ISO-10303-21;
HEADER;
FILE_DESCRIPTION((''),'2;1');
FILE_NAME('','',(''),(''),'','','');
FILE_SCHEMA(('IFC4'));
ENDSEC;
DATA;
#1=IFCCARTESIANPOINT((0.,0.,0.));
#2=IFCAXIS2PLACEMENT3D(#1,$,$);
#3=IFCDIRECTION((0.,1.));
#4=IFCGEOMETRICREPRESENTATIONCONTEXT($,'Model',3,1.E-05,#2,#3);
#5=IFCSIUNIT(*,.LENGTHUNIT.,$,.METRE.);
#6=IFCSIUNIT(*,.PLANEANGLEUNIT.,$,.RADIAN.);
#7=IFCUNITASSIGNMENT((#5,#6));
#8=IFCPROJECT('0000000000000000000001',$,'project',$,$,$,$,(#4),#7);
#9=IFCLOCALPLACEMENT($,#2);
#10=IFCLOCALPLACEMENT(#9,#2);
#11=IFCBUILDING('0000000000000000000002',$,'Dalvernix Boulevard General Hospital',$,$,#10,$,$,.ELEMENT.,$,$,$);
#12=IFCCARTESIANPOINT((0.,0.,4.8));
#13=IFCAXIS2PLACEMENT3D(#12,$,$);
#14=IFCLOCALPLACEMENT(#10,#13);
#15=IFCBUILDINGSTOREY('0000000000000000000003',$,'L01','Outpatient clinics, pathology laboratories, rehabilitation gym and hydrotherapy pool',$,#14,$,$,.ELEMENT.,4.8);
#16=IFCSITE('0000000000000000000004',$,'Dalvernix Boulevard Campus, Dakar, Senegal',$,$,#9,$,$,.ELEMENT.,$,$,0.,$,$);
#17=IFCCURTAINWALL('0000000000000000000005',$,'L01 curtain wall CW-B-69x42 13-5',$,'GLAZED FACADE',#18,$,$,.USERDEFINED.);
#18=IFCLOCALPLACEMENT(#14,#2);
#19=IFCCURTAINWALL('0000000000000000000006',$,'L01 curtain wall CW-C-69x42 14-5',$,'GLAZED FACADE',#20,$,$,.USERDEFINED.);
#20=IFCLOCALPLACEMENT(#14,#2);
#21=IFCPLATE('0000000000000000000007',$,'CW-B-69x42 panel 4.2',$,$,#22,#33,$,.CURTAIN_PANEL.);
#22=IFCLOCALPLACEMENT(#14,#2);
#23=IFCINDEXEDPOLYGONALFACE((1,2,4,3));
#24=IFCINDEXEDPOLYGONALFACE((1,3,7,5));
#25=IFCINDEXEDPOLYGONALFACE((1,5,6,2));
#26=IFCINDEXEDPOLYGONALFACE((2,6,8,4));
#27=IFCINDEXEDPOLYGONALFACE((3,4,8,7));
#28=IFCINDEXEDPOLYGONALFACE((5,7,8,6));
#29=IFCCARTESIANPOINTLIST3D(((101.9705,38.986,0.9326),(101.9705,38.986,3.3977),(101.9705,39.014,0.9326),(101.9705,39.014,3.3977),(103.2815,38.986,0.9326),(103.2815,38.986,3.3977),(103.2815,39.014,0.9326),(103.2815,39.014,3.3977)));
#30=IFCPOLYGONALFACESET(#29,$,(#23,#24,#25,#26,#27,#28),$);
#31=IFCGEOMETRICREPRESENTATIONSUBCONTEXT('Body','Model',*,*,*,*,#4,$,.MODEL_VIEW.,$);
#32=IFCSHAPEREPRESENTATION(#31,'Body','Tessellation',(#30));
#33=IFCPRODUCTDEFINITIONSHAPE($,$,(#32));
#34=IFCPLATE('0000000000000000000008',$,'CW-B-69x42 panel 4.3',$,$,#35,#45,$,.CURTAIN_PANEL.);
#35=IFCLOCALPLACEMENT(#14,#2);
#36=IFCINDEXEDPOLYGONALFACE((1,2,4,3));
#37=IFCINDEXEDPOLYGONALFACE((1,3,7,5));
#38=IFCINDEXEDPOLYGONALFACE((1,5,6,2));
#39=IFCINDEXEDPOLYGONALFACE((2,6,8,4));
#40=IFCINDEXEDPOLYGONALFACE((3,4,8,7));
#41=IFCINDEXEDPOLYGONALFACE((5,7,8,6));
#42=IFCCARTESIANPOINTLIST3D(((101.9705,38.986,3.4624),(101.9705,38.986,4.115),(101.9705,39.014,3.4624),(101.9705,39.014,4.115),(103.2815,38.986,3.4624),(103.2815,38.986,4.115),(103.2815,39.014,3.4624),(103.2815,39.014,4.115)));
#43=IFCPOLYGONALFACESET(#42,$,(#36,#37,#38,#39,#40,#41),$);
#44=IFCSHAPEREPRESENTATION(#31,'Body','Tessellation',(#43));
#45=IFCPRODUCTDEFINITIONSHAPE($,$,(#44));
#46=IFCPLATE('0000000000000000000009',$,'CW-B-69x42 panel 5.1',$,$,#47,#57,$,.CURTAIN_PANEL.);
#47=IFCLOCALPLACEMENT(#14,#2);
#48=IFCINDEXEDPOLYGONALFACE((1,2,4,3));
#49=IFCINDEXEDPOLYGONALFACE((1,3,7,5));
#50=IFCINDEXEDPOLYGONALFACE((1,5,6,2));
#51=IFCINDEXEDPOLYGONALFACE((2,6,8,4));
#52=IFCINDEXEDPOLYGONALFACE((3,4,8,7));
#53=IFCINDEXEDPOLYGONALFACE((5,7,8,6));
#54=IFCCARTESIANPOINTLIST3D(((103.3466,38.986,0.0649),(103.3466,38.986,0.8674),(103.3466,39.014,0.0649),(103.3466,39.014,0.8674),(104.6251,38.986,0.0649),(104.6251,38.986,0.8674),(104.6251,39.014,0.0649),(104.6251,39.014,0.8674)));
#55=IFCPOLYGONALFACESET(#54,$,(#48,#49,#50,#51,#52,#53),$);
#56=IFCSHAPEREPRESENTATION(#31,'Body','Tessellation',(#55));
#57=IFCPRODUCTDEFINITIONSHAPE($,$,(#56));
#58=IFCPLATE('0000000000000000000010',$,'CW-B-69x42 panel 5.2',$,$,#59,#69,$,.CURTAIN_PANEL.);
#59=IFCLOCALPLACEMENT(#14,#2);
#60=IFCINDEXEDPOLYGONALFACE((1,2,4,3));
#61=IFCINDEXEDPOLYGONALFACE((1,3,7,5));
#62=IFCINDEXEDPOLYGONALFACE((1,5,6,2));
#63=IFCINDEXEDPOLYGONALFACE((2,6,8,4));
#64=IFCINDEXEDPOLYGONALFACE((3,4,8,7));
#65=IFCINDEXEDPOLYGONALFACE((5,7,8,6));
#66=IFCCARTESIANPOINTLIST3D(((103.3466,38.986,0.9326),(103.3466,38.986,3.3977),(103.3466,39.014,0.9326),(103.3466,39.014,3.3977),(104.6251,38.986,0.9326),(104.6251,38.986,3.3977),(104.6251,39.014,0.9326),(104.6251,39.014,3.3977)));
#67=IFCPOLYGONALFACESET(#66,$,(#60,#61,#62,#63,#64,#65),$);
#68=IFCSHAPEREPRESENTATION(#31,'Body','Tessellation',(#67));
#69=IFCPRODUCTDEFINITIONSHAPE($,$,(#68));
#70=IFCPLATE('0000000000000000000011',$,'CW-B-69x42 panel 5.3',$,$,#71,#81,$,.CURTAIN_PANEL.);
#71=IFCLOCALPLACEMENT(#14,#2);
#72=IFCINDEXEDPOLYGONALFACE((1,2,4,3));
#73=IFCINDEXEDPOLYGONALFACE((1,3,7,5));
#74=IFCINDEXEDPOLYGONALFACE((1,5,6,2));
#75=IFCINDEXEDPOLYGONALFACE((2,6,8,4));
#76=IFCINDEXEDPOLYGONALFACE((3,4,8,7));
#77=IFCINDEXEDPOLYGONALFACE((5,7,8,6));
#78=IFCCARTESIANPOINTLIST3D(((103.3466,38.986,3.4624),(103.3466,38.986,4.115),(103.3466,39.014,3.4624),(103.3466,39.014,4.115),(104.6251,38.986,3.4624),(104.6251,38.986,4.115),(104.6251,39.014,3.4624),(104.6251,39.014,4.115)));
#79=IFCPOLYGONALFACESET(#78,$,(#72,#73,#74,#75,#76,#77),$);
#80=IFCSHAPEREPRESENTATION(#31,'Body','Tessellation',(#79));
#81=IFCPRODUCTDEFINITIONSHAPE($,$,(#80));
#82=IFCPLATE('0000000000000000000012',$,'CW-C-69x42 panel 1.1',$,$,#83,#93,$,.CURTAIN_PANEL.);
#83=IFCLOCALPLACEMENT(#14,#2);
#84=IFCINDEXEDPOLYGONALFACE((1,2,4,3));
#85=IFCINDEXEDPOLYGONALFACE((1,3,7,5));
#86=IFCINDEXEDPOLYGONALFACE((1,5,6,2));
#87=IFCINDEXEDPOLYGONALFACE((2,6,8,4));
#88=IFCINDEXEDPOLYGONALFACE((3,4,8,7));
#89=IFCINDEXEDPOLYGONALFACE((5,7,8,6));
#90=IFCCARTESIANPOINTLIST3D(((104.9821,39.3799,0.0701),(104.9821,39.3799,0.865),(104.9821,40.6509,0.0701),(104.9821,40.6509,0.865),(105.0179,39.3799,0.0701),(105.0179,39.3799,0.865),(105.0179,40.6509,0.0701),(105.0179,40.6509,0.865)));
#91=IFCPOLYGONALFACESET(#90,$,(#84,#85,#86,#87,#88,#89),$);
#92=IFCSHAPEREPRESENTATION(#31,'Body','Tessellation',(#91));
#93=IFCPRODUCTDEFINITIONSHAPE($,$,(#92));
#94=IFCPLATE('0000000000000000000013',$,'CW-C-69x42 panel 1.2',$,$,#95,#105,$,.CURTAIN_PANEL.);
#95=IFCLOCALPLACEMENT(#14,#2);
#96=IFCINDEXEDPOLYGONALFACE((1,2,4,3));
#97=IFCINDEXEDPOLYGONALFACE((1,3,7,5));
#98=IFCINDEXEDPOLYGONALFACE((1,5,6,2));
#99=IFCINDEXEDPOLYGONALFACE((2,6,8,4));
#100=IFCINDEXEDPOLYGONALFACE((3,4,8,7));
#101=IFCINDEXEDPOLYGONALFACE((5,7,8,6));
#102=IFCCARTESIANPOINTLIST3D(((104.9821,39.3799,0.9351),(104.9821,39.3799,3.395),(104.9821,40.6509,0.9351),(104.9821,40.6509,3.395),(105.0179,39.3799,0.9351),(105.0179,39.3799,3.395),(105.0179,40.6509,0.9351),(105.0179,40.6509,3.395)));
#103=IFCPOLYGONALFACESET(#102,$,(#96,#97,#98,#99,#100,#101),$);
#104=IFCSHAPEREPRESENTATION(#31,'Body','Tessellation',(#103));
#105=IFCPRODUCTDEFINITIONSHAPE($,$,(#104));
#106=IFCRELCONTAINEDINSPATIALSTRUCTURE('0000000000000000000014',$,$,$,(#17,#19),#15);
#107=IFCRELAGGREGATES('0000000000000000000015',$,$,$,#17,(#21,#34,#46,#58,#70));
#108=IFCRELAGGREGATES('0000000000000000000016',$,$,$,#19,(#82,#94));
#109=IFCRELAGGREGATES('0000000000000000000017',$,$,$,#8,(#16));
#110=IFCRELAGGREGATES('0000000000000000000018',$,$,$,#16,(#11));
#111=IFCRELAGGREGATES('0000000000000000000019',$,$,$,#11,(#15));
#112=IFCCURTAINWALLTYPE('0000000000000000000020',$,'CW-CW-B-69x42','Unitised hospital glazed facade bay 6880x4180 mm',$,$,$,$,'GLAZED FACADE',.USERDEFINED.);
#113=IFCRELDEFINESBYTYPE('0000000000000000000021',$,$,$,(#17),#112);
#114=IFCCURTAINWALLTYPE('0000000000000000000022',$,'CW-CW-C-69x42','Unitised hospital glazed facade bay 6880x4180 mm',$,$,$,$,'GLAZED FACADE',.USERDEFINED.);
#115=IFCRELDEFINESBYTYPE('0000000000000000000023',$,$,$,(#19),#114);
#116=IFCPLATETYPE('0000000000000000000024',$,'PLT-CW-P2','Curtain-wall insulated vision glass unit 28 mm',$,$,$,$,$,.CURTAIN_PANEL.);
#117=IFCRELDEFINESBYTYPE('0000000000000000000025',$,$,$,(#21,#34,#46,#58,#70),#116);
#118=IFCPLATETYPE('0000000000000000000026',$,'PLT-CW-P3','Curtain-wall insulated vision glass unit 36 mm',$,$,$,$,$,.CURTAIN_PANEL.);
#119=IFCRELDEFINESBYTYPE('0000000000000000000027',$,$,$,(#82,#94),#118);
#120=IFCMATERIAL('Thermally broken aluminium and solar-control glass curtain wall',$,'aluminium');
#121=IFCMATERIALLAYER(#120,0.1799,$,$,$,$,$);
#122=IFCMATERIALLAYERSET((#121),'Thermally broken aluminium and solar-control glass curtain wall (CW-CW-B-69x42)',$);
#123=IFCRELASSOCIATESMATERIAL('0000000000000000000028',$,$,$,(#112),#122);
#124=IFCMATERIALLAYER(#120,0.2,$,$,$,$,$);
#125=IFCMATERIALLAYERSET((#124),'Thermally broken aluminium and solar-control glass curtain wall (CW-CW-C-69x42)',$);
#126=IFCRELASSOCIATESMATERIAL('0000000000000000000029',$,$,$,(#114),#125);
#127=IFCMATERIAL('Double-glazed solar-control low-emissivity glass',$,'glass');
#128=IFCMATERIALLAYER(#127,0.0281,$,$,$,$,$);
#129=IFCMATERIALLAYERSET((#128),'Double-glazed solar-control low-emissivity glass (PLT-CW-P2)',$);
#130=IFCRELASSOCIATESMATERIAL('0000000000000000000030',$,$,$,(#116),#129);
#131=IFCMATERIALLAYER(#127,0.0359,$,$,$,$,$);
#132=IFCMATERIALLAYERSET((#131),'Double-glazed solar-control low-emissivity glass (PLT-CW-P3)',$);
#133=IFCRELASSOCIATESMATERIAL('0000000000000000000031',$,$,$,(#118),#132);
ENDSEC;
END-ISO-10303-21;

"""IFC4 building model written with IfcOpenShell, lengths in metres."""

from ifc_helpers import new_model, si_unit, direction, frame, origin, origin_2d, place, context, subcontext, project, spatial, rectangle, extrude, material, layer, layer_set, type_object, element, aggregate, save


model = new_model("IFC4")

# Units and contexts
model_context = context("Model", 3, precision=1e-05, world=origin(), true_north=direction((0.0, 1.0)))
body_context = subcontext(model_context, "Body", "Model", "MODEL_VIEW")
ifc_project = project(units=[si_unit("LENGTHUNIT", "METRE"), si_unit("PLANEANGLEUNIT", "RADIAN")], contexts=[model_context])

# Site, building, storey
site_placement = place(None, origin())
site = spatial("IfcSite", under=ifc_project, at=site_placement, Name="Dalvernix Boulevard Campus, Dakar, Senegal", CompositionType="ELEMENT", RefElevation=0.0)
building_placement = place(site_placement, origin())
building = spatial("IfcBuilding", under=site, at=building_placement, Name="Dalvernix Boulevard General Hospital", CompositionType="ELEMENT")
storey_placement = place(building_placement, frame((0.0, 0.0, 4.8)))
storey = spatial("IfcBuildingStorey", under=building, at=storey_placement, Name="L01", Description="Outpatient clinics, pathology laboratories, rehabilitation gym and hydrotherapy pool", CompositionType="ELEMENT", Elevation=4.8)

# Curtain wall
ifc_material_1 = material(Name="Thermally broken aluminium and solar-control glass curtain wall", Category="aluminium")
ifc_layer_1 = layer(ifc_material_1, 0.1799)
ifc_layer_set_1 = layer_set([ifc_layer_1], Name="Thermally broken aluminium and solar-control glass curtain wall (CW-CW-B-69x42)")
curtain_wall_type_1 = type_object("IfcCurtainWallType", Name="CW-CW-B-69x42", Description="Unitised hospital glazed facade bay 6880x4180 mm", ElementType="GLAZED FACADE", PredefinedType="USERDEFINED", material=ifc_layer_set_1)
curtain_wall_1_placement = place(storey_placement, origin())
curtain_wall_1 = element("IfcCurtainWall", 1, at=curtain_wall_1_placement, inside=storey, type_object=curtain_wall_type_1, Name="L01 curtain wall CW-B-69x42 13-5", ObjectType="GLAZED FACADE", PredefinedType="USERDEFINED")

# Curtain wall
ifc_layer_2 = layer(ifc_material_1, 0.2)
ifc_layer_set_2 = layer_set([ifc_layer_2], Name="Thermally broken aluminium and solar-control glass curtain wall (CW-CW-C-69x42)")
curtain_wall_type_2 = type_object("IfcCurtainWallType", Name="CW-CW-C-69x42", Description="Unitised hospital glazed facade bay 6880x4180 mm", ElementType="GLAZED FACADE", PredefinedType="USERDEFINED", material=ifc_layer_set_2)
curtain_wall_2_placement = place(storey_placement, origin())
curtain_wall_2 = element("IfcCurtainWall", 2, at=curtain_wall_2_placement, inside=storey, type_object=curtain_wall_type_2, Name="L01 curtain wall CW-C-69x42 14-5", ObjectType="GLAZED FACADE", PredefinedType="USERDEFINED")

# Plates
ifc_material_2 = material(Name="Double-glazed solar-control low-emissivity glass", Category="glass")
ifc_layer_3 = layer(ifc_material_2, 0.0281)
ifc_layer_set_3 = layer_set([ifc_layer_3], Name="Double-glazed solar-control low-emissivity glass (PLT-CW-P2)")
plate_type_1 = type_object("IfcPlateType", Name="PLT-CW-P2", Description="Curtain-wall insulated vision glass unit 28 mm", PredefinedType="CURTAIN_PANEL", material=ifc_layer_set_3)
plate_1_placement = place(storey_placement, frame((102.626, 39.0, 0.9326), z_axis=(0.0, 0.0, 1.0), x_axis=(1.0, 0.0, 0.0)))
plate_1 = element("IfcPlate", 3, at=plate_1_placement, type_object=plate_type_1, Name="CW-B-69x42 panel 4.2", PredefinedType="CURTAIN_PANEL", context=body_context, shape_type="SweptSolid", body=[
    extrude(rectangle(XDim=1.311, YDim=0.0281, at=origin_2d()), origin(), (0.0, 0.0, 1.0), 2.4651),
])
plate_2_placement = place(storey_placement, frame((102.626, 39.0, 3.4624), z_axis=(0.0, 0.0, 1.0), x_axis=(1.0, 0.0, 0.0)))
plate_2 = element("IfcPlate", 4, at=plate_2_placement, type_object=plate_type_1, Name="CW-B-69x42 panel 4.3", PredefinedType="CURTAIN_PANEL", context=body_context, shape_type="SweptSolid", body=[
    extrude(rectangle(XDim=1.311, YDim=0.0281, at=origin_2d()), origin(), (0.0, 0.0, 1.0), 0.6526),
])
plate_3_placement = place(storey_placement, frame((103.9858, 39.0, 0.0649), z_axis=(0.0, 0.0, 1.0), x_axis=(1.0, 0.0, 0.0)))
plate_3 = element("IfcPlate", 5, at=plate_3_placement, type_object=plate_type_1, Name="CW-B-69x42 panel 5.1", PredefinedType="CURTAIN_PANEL", context=body_context, shape_type="SweptSolid", body=[
    extrude(rectangle(XDim=1.2786, YDim=0.0281, at=origin_2d()), origin(), (0.0, 0.0, 1.0), 0.8025),
])
plate_4_placement = place(storey_placement, frame((103.9858, 39.0, 0.9326), z_axis=(0.0, 0.0, 1.0), x_axis=(1.0, 0.0, 0.0)))
plate_4 = element("IfcPlate", 6, at=plate_4_placement, type_object=plate_type_1, Name="CW-B-69x42 panel 5.2", PredefinedType="CURTAIN_PANEL", context=body_context, shape_type="SweptSolid", body=[
    extrude(rectangle(XDim=1.2786, YDim=0.0281, at=origin_2d()), origin(), (0.0, 0.0, 1.0), 2.4651),
])
plate_5_placement = place(storey_placement, frame((103.9858, 39.0, 3.4624), z_axis=(0.0, 0.0, 1.0), x_axis=(1.0, 0.0, 0.0)))
plate_5 = element("IfcPlate", 7, at=plate_5_placement, type_object=plate_type_1, Name="CW-B-69x42 panel 5.3", PredefinedType="CURTAIN_PANEL", context=body_context, shape_type="SweptSolid", body=[
    extrude(rectangle(XDim=1.2786, YDim=0.0281, at=origin_2d()), origin(), (0.0, 0.0, 1.0), 0.6526),
])
aggregate(curtain_wall_1, [plate_1, plate_2, plate_3, plate_4, plate_5])
ifc_layer_4 = layer(ifc_material_2, 0.0359)
ifc_layer_set_4 = layer_set([ifc_layer_4], Name="Double-glazed solar-control low-emissivity glass (PLT-CW-P3)")
plate_type_2 = type_object("IfcPlateType", Name="PLT-CW-P3", Description="Curtain-wall insulated vision glass unit 36 mm", PredefinedType="CURTAIN_PANEL", material=ifc_layer_set_4)
plate_6_placement = place(storey_placement, frame((105.0, 40.0154, 0.0701), z_axis=(0.0, 0.0, 1.0), x_axis=(0.0, 1.0, 0.0)))
plate_6 = element("IfcPlate", 8, at=plate_6_placement, type_object=plate_type_2, Name="CW-C-69x42 panel 1.1", PredefinedType="CURTAIN_PANEL", context=body_context, shape_type="SweptSolid", body=[
    extrude(rectangle(XDim=1.271, YDim=0.0359, at=origin_2d()), origin(), (0.0, 0.0, 1.0), 0.7949),
])
plate_7_placement = place(storey_placement, frame((105.0, 40.0154, 0.9351), z_axis=(0.0, 0.0, 1.0), x_axis=(0.0, 1.0, 0.0)))
plate_7 = element("IfcPlate", 9, at=plate_7_placement, type_object=plate_type_2, Name="CW-C-69x42 panel 1.2", PredefinedType="CURTAIN_PANEL", context=body_context, shape_type="SweptSolid", body=[
    extrude(rectangle(XDim=1.271, YDim=0.0359, at=origin_2d()), origin(), (0.0, 0.0, 1.0), 2.46),
])
aggregate(curtain_wall_2, [plate_6, plate_7])

save(model, "model.ifc")
